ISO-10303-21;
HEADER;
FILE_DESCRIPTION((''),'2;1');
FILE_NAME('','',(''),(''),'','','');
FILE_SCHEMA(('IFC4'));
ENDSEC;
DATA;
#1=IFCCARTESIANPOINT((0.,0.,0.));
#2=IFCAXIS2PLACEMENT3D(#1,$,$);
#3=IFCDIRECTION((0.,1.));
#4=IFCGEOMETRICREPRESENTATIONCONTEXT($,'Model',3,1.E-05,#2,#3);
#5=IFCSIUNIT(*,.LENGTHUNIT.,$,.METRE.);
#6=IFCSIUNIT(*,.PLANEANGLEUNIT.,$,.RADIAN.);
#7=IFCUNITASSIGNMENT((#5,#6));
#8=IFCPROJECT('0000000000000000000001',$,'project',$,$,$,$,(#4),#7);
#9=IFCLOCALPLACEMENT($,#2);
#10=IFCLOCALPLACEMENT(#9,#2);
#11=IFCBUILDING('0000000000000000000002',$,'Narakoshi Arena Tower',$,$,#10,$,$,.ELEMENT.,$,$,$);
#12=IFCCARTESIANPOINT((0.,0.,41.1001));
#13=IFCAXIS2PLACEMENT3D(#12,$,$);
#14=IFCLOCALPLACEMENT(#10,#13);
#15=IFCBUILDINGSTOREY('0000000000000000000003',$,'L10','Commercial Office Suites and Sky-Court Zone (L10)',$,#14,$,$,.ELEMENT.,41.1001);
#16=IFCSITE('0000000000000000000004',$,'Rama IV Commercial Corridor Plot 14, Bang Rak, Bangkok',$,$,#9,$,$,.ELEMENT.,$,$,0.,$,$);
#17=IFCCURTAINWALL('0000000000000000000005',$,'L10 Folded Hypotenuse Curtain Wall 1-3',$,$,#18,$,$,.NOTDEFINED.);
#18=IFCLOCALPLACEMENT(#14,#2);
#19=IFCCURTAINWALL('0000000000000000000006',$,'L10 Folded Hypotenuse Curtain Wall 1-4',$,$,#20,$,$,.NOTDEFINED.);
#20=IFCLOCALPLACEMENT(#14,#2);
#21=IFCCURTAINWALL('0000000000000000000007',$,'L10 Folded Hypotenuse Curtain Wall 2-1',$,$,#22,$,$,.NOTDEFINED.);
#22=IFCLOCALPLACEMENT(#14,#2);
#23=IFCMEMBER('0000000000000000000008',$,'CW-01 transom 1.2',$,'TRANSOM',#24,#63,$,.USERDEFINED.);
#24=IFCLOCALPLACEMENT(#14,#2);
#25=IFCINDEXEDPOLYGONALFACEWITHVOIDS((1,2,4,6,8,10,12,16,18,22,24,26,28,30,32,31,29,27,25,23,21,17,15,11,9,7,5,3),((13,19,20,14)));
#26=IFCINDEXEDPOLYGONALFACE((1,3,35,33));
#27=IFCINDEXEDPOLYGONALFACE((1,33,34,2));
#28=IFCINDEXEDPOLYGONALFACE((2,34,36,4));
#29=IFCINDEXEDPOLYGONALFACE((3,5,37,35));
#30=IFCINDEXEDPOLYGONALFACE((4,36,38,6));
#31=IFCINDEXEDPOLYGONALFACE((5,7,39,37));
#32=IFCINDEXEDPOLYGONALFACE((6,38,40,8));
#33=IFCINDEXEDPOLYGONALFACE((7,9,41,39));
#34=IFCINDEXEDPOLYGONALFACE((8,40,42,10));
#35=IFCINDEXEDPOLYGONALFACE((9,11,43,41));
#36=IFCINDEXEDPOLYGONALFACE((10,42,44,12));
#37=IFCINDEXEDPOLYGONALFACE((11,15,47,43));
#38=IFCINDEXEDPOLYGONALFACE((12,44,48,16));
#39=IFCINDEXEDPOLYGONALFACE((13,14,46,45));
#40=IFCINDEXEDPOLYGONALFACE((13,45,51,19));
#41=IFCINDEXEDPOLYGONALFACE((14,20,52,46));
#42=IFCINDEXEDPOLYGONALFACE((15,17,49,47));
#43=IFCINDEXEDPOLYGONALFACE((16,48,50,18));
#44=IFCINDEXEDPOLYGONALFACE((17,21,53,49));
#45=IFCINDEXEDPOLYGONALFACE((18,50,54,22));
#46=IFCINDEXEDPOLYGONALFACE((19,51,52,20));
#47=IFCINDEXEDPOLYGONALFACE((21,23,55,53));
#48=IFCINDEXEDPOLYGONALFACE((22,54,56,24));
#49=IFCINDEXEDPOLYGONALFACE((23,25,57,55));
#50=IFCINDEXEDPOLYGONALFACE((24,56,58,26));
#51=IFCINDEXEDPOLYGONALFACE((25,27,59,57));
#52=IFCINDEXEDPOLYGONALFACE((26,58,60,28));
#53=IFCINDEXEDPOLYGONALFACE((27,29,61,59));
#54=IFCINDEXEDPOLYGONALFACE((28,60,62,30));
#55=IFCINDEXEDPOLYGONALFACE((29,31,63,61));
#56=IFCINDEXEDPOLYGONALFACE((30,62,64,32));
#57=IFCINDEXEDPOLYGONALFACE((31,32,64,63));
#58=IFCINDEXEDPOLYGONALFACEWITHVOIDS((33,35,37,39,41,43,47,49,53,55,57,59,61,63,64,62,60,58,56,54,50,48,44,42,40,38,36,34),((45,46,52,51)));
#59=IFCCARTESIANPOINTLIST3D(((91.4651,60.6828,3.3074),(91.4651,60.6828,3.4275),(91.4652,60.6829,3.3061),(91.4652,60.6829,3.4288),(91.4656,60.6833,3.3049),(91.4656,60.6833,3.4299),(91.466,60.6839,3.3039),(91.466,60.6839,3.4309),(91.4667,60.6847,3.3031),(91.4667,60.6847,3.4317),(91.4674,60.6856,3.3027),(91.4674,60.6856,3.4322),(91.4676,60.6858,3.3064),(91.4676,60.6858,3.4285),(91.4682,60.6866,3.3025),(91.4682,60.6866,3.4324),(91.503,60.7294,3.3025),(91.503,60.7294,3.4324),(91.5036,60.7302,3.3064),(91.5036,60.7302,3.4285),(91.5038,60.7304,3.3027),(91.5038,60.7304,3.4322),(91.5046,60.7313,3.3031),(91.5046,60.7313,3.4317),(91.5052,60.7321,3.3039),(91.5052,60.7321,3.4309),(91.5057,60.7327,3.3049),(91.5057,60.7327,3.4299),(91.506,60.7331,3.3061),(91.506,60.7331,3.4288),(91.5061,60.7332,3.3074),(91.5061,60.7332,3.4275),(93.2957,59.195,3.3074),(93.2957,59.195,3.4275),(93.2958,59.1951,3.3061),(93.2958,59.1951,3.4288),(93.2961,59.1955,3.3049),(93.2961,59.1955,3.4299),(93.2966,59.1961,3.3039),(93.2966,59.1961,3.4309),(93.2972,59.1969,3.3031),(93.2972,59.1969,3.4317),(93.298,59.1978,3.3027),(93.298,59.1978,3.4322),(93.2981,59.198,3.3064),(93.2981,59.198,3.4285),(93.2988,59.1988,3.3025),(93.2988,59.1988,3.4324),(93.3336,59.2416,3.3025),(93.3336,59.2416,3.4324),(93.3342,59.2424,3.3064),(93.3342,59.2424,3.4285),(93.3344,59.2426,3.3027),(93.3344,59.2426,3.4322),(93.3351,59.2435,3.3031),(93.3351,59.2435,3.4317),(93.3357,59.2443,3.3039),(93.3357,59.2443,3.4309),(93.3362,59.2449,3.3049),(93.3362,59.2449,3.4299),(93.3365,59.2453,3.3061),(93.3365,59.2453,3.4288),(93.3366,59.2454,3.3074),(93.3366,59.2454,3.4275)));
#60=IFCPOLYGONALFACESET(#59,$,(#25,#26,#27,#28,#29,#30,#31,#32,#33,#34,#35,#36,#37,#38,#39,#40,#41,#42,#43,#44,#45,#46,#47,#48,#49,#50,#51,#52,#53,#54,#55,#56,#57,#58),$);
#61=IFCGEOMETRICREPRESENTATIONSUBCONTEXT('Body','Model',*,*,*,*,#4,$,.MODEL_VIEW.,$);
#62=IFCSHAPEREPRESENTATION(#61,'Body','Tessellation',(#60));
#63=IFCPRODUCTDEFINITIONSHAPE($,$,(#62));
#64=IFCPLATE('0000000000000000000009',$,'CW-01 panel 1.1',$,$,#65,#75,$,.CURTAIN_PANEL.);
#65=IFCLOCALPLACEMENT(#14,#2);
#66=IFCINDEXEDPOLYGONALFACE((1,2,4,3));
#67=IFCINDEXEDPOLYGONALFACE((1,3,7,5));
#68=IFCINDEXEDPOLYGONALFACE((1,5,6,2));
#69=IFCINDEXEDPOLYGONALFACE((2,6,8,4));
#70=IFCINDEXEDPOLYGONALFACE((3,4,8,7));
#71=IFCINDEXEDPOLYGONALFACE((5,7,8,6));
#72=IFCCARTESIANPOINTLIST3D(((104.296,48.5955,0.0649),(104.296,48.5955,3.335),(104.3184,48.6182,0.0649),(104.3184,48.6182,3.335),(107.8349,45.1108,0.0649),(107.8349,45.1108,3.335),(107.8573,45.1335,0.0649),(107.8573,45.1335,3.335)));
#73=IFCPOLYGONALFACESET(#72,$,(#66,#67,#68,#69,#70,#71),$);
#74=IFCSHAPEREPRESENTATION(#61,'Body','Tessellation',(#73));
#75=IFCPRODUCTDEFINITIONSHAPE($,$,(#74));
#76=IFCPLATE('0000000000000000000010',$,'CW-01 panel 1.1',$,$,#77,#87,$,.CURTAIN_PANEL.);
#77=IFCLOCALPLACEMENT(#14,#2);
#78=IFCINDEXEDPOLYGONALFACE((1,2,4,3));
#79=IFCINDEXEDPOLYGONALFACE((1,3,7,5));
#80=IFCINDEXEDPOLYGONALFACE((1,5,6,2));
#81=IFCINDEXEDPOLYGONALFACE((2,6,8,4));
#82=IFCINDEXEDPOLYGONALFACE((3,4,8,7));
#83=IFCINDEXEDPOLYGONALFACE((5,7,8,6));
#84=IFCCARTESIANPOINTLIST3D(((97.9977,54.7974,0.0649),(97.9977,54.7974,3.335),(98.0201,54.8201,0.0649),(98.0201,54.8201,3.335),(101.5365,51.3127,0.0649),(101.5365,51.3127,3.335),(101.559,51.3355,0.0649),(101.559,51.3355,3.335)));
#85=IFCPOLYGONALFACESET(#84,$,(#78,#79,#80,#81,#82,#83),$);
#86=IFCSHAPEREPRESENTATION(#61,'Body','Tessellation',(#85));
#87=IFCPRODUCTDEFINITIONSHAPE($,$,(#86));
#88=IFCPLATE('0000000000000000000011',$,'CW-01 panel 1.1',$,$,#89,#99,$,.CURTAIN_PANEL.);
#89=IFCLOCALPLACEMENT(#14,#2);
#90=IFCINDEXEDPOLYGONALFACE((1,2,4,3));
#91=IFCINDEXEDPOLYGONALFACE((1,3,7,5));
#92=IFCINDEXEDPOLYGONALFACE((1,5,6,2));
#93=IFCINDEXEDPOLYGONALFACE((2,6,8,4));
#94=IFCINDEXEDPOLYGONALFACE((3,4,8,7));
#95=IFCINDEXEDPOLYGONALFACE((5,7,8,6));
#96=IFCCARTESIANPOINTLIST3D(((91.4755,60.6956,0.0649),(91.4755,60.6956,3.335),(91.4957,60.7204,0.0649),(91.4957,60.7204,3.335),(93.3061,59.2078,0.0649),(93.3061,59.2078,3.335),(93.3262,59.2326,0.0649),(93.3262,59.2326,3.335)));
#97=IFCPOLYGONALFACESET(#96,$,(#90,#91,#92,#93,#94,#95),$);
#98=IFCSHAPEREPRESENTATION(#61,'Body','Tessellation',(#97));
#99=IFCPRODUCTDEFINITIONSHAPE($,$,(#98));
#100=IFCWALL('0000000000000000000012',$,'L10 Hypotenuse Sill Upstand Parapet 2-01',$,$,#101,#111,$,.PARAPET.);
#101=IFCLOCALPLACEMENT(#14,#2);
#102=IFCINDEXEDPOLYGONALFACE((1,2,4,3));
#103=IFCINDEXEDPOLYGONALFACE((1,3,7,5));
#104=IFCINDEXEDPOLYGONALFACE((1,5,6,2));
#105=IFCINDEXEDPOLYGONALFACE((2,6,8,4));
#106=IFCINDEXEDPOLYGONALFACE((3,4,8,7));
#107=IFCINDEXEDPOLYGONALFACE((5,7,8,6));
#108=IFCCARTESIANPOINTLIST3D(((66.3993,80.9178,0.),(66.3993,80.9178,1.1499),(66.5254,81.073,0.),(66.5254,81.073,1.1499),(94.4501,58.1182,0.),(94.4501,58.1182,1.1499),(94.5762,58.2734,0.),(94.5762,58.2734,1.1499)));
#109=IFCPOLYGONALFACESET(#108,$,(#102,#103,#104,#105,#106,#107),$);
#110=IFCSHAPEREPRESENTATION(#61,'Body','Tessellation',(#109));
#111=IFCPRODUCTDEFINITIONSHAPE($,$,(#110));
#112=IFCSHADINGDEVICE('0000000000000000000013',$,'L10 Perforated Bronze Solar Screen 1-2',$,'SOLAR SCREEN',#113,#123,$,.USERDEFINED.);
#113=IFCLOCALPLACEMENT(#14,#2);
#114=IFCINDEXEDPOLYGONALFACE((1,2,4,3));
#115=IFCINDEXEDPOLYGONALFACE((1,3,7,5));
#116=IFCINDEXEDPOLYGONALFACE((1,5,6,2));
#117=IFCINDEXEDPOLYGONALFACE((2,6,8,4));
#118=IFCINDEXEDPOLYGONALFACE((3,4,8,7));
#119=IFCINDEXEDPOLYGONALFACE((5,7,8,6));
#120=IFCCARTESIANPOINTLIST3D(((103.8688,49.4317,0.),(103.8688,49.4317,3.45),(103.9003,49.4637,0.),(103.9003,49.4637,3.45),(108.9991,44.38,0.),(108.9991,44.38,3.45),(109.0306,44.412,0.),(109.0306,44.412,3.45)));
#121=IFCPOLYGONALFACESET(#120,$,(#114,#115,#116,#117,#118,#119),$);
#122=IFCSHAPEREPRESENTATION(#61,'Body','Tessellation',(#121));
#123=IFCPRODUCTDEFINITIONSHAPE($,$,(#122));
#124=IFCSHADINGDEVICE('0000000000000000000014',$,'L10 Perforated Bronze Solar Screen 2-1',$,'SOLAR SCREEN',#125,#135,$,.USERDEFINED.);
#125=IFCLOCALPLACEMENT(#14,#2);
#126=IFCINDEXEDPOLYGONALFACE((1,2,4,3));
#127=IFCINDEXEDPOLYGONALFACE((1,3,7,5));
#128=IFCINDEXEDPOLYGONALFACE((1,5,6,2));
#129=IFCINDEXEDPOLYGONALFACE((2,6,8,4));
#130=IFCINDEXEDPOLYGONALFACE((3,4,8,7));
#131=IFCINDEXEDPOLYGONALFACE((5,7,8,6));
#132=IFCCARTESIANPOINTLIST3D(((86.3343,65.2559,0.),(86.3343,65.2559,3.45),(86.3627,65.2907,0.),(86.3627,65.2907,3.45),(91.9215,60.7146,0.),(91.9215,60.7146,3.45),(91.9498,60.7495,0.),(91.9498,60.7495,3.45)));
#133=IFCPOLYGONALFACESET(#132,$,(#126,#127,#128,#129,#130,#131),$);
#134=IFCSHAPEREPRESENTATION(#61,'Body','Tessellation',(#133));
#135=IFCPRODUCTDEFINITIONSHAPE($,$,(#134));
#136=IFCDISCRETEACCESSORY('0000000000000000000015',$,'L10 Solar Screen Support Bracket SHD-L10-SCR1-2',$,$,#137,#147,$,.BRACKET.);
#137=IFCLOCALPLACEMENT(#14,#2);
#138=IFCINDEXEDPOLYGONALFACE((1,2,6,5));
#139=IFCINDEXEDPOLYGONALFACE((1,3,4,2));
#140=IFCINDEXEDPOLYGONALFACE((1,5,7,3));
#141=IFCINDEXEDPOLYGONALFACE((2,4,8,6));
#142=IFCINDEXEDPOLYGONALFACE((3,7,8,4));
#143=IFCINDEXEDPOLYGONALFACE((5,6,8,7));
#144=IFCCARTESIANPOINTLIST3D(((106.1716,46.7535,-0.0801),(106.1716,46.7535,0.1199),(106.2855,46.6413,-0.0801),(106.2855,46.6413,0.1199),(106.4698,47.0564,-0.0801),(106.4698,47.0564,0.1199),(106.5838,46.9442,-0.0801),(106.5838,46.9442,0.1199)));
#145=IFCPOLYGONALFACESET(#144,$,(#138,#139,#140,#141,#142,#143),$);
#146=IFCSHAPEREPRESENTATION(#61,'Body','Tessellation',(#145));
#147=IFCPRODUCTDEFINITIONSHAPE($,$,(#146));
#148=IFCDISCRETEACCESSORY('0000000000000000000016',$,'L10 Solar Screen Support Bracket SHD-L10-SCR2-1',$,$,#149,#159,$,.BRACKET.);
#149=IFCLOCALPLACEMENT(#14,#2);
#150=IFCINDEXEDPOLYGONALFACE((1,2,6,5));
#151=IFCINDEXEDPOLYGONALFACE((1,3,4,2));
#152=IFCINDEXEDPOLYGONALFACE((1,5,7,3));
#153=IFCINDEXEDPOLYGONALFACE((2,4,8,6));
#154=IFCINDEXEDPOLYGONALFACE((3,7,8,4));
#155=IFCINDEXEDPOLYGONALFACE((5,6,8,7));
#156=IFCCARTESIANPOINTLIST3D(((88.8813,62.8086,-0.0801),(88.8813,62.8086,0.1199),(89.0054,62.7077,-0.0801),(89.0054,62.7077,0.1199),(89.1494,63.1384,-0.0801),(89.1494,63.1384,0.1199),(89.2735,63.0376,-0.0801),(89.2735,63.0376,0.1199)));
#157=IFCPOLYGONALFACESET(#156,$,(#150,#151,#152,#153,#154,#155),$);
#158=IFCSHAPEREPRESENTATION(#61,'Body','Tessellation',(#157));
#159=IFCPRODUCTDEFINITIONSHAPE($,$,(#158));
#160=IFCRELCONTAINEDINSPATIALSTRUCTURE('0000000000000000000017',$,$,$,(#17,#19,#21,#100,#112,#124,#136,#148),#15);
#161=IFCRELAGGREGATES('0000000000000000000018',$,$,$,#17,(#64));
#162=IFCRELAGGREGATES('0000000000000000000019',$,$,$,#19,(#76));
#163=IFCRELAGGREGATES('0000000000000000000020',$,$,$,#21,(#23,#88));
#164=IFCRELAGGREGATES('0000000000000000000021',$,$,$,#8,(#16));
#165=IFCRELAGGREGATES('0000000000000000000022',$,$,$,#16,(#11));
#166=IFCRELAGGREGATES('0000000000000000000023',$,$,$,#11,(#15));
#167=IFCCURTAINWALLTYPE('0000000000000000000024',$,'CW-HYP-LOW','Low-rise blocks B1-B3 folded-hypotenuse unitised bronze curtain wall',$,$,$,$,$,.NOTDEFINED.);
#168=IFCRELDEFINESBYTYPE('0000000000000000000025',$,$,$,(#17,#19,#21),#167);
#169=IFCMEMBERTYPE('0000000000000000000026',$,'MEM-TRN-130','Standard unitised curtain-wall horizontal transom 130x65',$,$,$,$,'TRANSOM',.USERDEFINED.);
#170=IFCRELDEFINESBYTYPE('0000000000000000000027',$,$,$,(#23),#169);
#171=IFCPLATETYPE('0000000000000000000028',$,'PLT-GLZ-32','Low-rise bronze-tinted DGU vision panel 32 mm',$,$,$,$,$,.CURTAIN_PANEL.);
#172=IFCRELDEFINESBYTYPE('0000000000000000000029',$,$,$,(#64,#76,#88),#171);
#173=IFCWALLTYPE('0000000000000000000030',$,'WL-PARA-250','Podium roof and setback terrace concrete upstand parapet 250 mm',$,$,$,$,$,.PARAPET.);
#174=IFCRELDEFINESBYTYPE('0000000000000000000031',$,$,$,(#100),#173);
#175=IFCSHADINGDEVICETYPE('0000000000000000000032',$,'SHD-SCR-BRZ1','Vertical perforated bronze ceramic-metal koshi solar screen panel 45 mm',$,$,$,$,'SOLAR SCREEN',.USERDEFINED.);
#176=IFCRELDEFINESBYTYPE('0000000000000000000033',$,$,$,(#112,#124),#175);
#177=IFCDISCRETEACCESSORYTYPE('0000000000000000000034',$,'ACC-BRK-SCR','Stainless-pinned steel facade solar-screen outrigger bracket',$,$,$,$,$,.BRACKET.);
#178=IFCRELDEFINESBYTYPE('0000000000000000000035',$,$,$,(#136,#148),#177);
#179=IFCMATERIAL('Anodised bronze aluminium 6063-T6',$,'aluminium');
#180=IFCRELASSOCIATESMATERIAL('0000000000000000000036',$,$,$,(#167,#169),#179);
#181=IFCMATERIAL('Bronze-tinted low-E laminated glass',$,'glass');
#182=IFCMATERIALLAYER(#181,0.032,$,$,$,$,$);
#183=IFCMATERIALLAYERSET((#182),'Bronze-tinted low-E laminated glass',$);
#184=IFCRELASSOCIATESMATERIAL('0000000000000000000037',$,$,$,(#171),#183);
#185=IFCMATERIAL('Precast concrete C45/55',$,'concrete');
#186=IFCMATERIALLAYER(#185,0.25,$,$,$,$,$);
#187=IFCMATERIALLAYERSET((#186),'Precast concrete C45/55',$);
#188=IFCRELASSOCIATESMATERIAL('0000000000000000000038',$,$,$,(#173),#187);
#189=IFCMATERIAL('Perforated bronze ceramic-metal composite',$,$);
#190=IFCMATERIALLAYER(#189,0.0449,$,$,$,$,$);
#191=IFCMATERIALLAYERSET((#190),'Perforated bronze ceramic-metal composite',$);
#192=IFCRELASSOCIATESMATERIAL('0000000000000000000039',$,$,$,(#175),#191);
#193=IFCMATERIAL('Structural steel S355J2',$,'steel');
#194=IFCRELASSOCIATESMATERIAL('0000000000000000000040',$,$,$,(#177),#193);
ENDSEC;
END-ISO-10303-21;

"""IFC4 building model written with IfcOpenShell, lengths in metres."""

from ifc_helpers import new_model, si_unit, direction, frame, frame_2d, origin, origin_2d, place, context, subcontext, project, spatial, rectangle, hollow_rectangle, extrude, material, layer, layer_set, material_profile, profile_set, type_object, element, aggregate, save


model = new_model("IFC4")

# Units and contexts
model_context = context("Model", 3, precision=1e-05, world=origin(), true_north=direction((0.0, 1.0)))
body_context = subcontext(model_context, "Body", "Model", "MODEL_VIEW")
ifc_project = project(units=[si_unit("LENGTHUNIT", "METRE"), si_unit("PLANEANGLEUNIT", "RADIAN")], contexts=[model_context])

# Site, building, storey
site_placement = place(None, origin())
site = spatial("IfcSite", under=ifc_project, at=site_placement, Name="Rama IV Commercial Corridor Plot 14, Bang Rak, Bangkok", CompositionType="ELEMENT", RefElevation=0.0)
building_placement = place(site_placement, origin())
building = spatial("IfcBuilding", under=site, at=building_placement, Name="Narakoshi Arena Tower", CompositionType="ELEMENT")
storey_placement = place(building_placement, frame((0.0, 0.0, 41.1001)))
storey = spatial("IfcBuildingStorey", under=building, at=storey_placement, Name="L10", Description="Commercial Office Suites and Sky-Court Zone (L10)", CompositionType="ELEMENT", Elevation=41.1001)

# Shared definitions
ifc_material_1 = material(Name="Structural steel S355J2", Category="steel")

# Curtain walls
ifc_material_2 = material(Name="Anodised bronze aluminium 6063-T6", Category="aluminium")
curtain_wall_type = type_object("IfcCurtainWallType", Name="CW-HYP-LOW", Description="Low-rise blocks B1-B3 folded-hypotenuse unitised bronze curtain wall", PredefinedType="NOTDEFINED", material=ifc_material_2)
curtain_wall_1_placement = place(storey_placement, origin())
curtain_wall_1 = element("IfcCurtainWall", 1, at=curtain_wall_1_placement, inside=storey, type_object=curtain_wall_type, Name="L10 Folded Hypotenuse Curtain Wall 1-3", PredefinedType="NOTDEFINED")
curtain_wall_2_placement = place(storey_placement, origin())
curtain_wall_2 = element("IfcCurtainWall", 2, at=curtain_wall_2_placement, inside=storey, type_object=curtain_wall_type, Name="L10 Folded Hypotenuse Curtain Wall 1-4", PredefinedType="NOTDEFINED")
curtain_wall_3_placement = place(storey_placement, origin())
curtain_wall_3 = element("IfcCurtainWall", 3, at=curtain_wall_3_placement, inside=storey, type_object=curtain_wall_type, Name="L10 Folded Hypotenuse Curtain Wall 2-1", PredefinedType="NOTDEFINED")

# Member
ifc_material_profile_1 = material_profile(ifc_material_2, hollow_rectangle(XDim=0.0649, YDim=0.1299, WallThickness=0.0039, OuterFilletRadius=0.0049, at=origin_2d()), Name="TRN130x65x4")
ifc_profile_set_1 = profile_set([ifc_material_profile_1], Name="Anodised bronze aluminium 6063-T6")
member_type_1 = type_object("IfcMemberType", Name="MEM-TRN-130", Description="Standard unitised curtain-wall horizontal transom 130x65", ElementType="TRANSOM", PredefinedType="USERDEFINED", material=ifc_profile_set_1)
member_1_placement = place(storey_placement, frame((93.3162, 59.2202, 3.3674), z_axis=(-0.776019, 0.63071, 0.0), x_axis=(-0.63071, -0.776019, 0.0)))
member_1 = element("IfcMember", 4, at=member_1_placement, type_object=member_type_1, Name="CW-01 transom 1.2", ObjectType="TRANSOM", PredefinedType="USERDEFINED", context=body_context, shape_type="SweptSolid", body=[
    extrude(hollow_rectangle(XDim=0.0649, YDim=0.1299, WallThickness=0.0039, OuterFilletRadius=0.0049, at=origin_2d()), origin(), (0.0, 0.0, 1.0), 2.3589),
])

# Plates
ifc_material_3 = material(Name="Bronze-tinted low-E laminated glass", Category="glass")
ifc_layer_1 = layer(ifc_material_3, 0.032)
ifc_layer_set_1 = layer_set([ifc_layer_1], Name="Bronze-tinted low-E laminated glass")
plate_type = type_object("IfcPlateType", Name="PLT-GLZ-32", Description="Low-rise bronze-tinted DGU vision panel 32 mm", PredefinedType="CURTAIN_PANEL", material=ifc_layer_set_1)
plate_1_placement = place(storey_placement, frame((106.0767, 46.8645, 0.0649), z_axis=(0.0, 0.0, 1.0), x_axis=(-0.712539, 0.701633, 0.0)))
plate_1 = element("IfcPlate", 5, at=plate_1_placement, type_object=plate_type, Name="CW-01 panel 1.1", PredefinedType="CURTAIN_PANEL", context=body_context, shape_type="SweptSolid", body=[
    extrude(rectangle(XDim=4.9666, YDim=0.032, at=origin_2d()), origin(), (0.0, 0.0, 1.0), 3.27),
])
aggregate(curtain_wall_1, [plate_1])
plate_2_placement = place(storey_placement, frame((99.7783, 53.0664, 0.0649), z_axis=(0.0, 0.0, 1.0), x_axis=(-0.712539, 0.701633, 0.0)))
plate_2 = element("IfcPlate", 6, at=plate_2_placement, type_object=plate_type, Name="CW-01 panel 1.1", PredefinedType="CURTAIN_PANEL", context=body_context, shape_type="SweptSolid", body=[
    extrude(rectangle(XDim=4.9666, YDim=0.032, at=origin_2d()), origin(), (0.0, 0.0, 1.0), 3.27),
])
aggregate(curtain_wall_2, [plate_2])
plate_3_placement = place(storey_placement, frame((92.4009, 59.9641, 0.0649), z_axis=(0.0, 0.0, 1.0), x_axis=(-0.776008, 0.630723, 0.0)))
plate_3 = element("IfcPlate", 7, at=plate_3_placement, type_object=plate_type, Name="CW-01 panel 1.1", PredefinedType="CURTAIN_PANEL", context=body_context, shape_type="SweptSolid", body=[
    extrude(rectangle(XDim=2.3589, YDim=0.032, at=origin_2d()), origin(), (0.0, 0.0, 1.0), 3.27),
])
aggregate(curtain_wall_3, [member_1, plate_3])

# Wall
ifc_material_4 = material(Name="Precast concrete C45/55", Category="concrete")
ifc_layer_2 = layer(ifc_material_4, 0.25)
ifc_layer_set_2 = layer_set([ifc_layer_2], Name="Precast concrete C45/55")
wall_type = type_object("IfcWallType", Name="WL-PARA-250", Description="Podium roof and setback terrace concrete upstand parapet 250 mm", PredefinedType="PARAPET", material=ifc_layer_set_2)
wall_placement = place(storey_placement, frame((94.5132, 58.1958, 0.0), z_axis=(0.0, 0.0, 1.0), x_axis=(-0.776002, 0.630731, 0.0)))
element("IfcWall", 8, at=wall_placement, inside=storey, type_object=wall_type, Name="L10 Hypotenuse Sill Upstand Parapet 2-01", PredefinedType="PARAPET", context=body_context, shape_type="SweptSolid", body=[
    extrude(rectangle(XDim=36.1479, YDim=0.2, at=frame_2d((18.074, 0.0))), origin(), (0.0, 0.0, 1.0), 1.1499),
])

# Shading devices
ifc_material_5 = material(Name="Perforated bronze ceramic-metal composite")
ifc_layer_3 = layer(ifc_material_5, 0.0449)
ifc_layer_set_3 = layer_set([ifc_layer_3], Name="Perforated bronze ceramic-metal composite")
shading_device_type = type_object("IfcShadingDeviceType", Name="SHD-SCR-BRZ1", Description="Vertical perforated bronze ceramic-metal koshi solar screen panel 45 mm", ElementType="SOLAR SCREEN", PredefinedType="USERDEFINED", material=ifc_layer_set_3)
for number, where, z_axis, x_axis, name in (
    (9, (106.4497, 46.9219, 0.0), (0.0, 0.0, 1.0), (-0.712541, 0.701631, 0.0), "L10 Perforated Bronze Solar Screen 1-2"),
    (10, (89.1421, 63.0027, 0.0), (0.0, 0.0, 1.0), (-0.776002, 0.63073, 0.0), "L10 Perforated Bronze Solar Screen 2-1"),
):
    element("IfcShadingDevice", number, at=place(storey_placement, frame(where, z_axis=z_axis, x_axis=x_axis)), inside=storey, type_object=shading_device_type, Name=name, ObjectType="SOLAR SCREEN", PredefinedType="USERDEFINED", context=body_context, shape_type="SweptSolid", body=[
        extrude(rectangle(XDim=7.2, YDim=0.0449, at=origin_2d()), origin(), (0.0, 0.0, 1.0), 3.45),
    ])

# Discrete accessories
discrete_accessory_type = type_object("IfcDiscreteAccessoryType", Name="ACC-BRK-SCR", Description="Stainless-pinned steel facade solar-screen outrigger bracket", PredefinedType="BRACKET", material=ifc_material_1)
for number, where, z_axis, x_axis, name in (
    (11, (106.3777, 46.8489, -0.0801), (0.0, 0.0, 1.0), (-0.712541, 0.701631, 0.0), "L10 Solar Screen Support Bracket SHD-L10-SCR1-2"),
    (12, (89.0774, 62.9231, -0.0801), (0.0, 0.0, 1.0), (-0.776002, 0.63073, 0.0), "L10 Solar Screen Support Bracket SHD-L10-SCR2-1"),
):
    element("IfcDiscreteAccessory", number, at=place(storey_placement, frame(where, z_axis=z_axis, x_axis=x_axis)), inside=storey, type_object=discrete_accessory_type, Name=name, PredefinedType="BRACKET", context=body_context, shape_type="SweptSolid", body=[
        extrude(rectangle(XDim=0.1599, YDim=0.425, at=origin_2d()), origin(), (0.0, 0.0, 1.0), 0.2),
    ])

save(model, "model.ifc")
